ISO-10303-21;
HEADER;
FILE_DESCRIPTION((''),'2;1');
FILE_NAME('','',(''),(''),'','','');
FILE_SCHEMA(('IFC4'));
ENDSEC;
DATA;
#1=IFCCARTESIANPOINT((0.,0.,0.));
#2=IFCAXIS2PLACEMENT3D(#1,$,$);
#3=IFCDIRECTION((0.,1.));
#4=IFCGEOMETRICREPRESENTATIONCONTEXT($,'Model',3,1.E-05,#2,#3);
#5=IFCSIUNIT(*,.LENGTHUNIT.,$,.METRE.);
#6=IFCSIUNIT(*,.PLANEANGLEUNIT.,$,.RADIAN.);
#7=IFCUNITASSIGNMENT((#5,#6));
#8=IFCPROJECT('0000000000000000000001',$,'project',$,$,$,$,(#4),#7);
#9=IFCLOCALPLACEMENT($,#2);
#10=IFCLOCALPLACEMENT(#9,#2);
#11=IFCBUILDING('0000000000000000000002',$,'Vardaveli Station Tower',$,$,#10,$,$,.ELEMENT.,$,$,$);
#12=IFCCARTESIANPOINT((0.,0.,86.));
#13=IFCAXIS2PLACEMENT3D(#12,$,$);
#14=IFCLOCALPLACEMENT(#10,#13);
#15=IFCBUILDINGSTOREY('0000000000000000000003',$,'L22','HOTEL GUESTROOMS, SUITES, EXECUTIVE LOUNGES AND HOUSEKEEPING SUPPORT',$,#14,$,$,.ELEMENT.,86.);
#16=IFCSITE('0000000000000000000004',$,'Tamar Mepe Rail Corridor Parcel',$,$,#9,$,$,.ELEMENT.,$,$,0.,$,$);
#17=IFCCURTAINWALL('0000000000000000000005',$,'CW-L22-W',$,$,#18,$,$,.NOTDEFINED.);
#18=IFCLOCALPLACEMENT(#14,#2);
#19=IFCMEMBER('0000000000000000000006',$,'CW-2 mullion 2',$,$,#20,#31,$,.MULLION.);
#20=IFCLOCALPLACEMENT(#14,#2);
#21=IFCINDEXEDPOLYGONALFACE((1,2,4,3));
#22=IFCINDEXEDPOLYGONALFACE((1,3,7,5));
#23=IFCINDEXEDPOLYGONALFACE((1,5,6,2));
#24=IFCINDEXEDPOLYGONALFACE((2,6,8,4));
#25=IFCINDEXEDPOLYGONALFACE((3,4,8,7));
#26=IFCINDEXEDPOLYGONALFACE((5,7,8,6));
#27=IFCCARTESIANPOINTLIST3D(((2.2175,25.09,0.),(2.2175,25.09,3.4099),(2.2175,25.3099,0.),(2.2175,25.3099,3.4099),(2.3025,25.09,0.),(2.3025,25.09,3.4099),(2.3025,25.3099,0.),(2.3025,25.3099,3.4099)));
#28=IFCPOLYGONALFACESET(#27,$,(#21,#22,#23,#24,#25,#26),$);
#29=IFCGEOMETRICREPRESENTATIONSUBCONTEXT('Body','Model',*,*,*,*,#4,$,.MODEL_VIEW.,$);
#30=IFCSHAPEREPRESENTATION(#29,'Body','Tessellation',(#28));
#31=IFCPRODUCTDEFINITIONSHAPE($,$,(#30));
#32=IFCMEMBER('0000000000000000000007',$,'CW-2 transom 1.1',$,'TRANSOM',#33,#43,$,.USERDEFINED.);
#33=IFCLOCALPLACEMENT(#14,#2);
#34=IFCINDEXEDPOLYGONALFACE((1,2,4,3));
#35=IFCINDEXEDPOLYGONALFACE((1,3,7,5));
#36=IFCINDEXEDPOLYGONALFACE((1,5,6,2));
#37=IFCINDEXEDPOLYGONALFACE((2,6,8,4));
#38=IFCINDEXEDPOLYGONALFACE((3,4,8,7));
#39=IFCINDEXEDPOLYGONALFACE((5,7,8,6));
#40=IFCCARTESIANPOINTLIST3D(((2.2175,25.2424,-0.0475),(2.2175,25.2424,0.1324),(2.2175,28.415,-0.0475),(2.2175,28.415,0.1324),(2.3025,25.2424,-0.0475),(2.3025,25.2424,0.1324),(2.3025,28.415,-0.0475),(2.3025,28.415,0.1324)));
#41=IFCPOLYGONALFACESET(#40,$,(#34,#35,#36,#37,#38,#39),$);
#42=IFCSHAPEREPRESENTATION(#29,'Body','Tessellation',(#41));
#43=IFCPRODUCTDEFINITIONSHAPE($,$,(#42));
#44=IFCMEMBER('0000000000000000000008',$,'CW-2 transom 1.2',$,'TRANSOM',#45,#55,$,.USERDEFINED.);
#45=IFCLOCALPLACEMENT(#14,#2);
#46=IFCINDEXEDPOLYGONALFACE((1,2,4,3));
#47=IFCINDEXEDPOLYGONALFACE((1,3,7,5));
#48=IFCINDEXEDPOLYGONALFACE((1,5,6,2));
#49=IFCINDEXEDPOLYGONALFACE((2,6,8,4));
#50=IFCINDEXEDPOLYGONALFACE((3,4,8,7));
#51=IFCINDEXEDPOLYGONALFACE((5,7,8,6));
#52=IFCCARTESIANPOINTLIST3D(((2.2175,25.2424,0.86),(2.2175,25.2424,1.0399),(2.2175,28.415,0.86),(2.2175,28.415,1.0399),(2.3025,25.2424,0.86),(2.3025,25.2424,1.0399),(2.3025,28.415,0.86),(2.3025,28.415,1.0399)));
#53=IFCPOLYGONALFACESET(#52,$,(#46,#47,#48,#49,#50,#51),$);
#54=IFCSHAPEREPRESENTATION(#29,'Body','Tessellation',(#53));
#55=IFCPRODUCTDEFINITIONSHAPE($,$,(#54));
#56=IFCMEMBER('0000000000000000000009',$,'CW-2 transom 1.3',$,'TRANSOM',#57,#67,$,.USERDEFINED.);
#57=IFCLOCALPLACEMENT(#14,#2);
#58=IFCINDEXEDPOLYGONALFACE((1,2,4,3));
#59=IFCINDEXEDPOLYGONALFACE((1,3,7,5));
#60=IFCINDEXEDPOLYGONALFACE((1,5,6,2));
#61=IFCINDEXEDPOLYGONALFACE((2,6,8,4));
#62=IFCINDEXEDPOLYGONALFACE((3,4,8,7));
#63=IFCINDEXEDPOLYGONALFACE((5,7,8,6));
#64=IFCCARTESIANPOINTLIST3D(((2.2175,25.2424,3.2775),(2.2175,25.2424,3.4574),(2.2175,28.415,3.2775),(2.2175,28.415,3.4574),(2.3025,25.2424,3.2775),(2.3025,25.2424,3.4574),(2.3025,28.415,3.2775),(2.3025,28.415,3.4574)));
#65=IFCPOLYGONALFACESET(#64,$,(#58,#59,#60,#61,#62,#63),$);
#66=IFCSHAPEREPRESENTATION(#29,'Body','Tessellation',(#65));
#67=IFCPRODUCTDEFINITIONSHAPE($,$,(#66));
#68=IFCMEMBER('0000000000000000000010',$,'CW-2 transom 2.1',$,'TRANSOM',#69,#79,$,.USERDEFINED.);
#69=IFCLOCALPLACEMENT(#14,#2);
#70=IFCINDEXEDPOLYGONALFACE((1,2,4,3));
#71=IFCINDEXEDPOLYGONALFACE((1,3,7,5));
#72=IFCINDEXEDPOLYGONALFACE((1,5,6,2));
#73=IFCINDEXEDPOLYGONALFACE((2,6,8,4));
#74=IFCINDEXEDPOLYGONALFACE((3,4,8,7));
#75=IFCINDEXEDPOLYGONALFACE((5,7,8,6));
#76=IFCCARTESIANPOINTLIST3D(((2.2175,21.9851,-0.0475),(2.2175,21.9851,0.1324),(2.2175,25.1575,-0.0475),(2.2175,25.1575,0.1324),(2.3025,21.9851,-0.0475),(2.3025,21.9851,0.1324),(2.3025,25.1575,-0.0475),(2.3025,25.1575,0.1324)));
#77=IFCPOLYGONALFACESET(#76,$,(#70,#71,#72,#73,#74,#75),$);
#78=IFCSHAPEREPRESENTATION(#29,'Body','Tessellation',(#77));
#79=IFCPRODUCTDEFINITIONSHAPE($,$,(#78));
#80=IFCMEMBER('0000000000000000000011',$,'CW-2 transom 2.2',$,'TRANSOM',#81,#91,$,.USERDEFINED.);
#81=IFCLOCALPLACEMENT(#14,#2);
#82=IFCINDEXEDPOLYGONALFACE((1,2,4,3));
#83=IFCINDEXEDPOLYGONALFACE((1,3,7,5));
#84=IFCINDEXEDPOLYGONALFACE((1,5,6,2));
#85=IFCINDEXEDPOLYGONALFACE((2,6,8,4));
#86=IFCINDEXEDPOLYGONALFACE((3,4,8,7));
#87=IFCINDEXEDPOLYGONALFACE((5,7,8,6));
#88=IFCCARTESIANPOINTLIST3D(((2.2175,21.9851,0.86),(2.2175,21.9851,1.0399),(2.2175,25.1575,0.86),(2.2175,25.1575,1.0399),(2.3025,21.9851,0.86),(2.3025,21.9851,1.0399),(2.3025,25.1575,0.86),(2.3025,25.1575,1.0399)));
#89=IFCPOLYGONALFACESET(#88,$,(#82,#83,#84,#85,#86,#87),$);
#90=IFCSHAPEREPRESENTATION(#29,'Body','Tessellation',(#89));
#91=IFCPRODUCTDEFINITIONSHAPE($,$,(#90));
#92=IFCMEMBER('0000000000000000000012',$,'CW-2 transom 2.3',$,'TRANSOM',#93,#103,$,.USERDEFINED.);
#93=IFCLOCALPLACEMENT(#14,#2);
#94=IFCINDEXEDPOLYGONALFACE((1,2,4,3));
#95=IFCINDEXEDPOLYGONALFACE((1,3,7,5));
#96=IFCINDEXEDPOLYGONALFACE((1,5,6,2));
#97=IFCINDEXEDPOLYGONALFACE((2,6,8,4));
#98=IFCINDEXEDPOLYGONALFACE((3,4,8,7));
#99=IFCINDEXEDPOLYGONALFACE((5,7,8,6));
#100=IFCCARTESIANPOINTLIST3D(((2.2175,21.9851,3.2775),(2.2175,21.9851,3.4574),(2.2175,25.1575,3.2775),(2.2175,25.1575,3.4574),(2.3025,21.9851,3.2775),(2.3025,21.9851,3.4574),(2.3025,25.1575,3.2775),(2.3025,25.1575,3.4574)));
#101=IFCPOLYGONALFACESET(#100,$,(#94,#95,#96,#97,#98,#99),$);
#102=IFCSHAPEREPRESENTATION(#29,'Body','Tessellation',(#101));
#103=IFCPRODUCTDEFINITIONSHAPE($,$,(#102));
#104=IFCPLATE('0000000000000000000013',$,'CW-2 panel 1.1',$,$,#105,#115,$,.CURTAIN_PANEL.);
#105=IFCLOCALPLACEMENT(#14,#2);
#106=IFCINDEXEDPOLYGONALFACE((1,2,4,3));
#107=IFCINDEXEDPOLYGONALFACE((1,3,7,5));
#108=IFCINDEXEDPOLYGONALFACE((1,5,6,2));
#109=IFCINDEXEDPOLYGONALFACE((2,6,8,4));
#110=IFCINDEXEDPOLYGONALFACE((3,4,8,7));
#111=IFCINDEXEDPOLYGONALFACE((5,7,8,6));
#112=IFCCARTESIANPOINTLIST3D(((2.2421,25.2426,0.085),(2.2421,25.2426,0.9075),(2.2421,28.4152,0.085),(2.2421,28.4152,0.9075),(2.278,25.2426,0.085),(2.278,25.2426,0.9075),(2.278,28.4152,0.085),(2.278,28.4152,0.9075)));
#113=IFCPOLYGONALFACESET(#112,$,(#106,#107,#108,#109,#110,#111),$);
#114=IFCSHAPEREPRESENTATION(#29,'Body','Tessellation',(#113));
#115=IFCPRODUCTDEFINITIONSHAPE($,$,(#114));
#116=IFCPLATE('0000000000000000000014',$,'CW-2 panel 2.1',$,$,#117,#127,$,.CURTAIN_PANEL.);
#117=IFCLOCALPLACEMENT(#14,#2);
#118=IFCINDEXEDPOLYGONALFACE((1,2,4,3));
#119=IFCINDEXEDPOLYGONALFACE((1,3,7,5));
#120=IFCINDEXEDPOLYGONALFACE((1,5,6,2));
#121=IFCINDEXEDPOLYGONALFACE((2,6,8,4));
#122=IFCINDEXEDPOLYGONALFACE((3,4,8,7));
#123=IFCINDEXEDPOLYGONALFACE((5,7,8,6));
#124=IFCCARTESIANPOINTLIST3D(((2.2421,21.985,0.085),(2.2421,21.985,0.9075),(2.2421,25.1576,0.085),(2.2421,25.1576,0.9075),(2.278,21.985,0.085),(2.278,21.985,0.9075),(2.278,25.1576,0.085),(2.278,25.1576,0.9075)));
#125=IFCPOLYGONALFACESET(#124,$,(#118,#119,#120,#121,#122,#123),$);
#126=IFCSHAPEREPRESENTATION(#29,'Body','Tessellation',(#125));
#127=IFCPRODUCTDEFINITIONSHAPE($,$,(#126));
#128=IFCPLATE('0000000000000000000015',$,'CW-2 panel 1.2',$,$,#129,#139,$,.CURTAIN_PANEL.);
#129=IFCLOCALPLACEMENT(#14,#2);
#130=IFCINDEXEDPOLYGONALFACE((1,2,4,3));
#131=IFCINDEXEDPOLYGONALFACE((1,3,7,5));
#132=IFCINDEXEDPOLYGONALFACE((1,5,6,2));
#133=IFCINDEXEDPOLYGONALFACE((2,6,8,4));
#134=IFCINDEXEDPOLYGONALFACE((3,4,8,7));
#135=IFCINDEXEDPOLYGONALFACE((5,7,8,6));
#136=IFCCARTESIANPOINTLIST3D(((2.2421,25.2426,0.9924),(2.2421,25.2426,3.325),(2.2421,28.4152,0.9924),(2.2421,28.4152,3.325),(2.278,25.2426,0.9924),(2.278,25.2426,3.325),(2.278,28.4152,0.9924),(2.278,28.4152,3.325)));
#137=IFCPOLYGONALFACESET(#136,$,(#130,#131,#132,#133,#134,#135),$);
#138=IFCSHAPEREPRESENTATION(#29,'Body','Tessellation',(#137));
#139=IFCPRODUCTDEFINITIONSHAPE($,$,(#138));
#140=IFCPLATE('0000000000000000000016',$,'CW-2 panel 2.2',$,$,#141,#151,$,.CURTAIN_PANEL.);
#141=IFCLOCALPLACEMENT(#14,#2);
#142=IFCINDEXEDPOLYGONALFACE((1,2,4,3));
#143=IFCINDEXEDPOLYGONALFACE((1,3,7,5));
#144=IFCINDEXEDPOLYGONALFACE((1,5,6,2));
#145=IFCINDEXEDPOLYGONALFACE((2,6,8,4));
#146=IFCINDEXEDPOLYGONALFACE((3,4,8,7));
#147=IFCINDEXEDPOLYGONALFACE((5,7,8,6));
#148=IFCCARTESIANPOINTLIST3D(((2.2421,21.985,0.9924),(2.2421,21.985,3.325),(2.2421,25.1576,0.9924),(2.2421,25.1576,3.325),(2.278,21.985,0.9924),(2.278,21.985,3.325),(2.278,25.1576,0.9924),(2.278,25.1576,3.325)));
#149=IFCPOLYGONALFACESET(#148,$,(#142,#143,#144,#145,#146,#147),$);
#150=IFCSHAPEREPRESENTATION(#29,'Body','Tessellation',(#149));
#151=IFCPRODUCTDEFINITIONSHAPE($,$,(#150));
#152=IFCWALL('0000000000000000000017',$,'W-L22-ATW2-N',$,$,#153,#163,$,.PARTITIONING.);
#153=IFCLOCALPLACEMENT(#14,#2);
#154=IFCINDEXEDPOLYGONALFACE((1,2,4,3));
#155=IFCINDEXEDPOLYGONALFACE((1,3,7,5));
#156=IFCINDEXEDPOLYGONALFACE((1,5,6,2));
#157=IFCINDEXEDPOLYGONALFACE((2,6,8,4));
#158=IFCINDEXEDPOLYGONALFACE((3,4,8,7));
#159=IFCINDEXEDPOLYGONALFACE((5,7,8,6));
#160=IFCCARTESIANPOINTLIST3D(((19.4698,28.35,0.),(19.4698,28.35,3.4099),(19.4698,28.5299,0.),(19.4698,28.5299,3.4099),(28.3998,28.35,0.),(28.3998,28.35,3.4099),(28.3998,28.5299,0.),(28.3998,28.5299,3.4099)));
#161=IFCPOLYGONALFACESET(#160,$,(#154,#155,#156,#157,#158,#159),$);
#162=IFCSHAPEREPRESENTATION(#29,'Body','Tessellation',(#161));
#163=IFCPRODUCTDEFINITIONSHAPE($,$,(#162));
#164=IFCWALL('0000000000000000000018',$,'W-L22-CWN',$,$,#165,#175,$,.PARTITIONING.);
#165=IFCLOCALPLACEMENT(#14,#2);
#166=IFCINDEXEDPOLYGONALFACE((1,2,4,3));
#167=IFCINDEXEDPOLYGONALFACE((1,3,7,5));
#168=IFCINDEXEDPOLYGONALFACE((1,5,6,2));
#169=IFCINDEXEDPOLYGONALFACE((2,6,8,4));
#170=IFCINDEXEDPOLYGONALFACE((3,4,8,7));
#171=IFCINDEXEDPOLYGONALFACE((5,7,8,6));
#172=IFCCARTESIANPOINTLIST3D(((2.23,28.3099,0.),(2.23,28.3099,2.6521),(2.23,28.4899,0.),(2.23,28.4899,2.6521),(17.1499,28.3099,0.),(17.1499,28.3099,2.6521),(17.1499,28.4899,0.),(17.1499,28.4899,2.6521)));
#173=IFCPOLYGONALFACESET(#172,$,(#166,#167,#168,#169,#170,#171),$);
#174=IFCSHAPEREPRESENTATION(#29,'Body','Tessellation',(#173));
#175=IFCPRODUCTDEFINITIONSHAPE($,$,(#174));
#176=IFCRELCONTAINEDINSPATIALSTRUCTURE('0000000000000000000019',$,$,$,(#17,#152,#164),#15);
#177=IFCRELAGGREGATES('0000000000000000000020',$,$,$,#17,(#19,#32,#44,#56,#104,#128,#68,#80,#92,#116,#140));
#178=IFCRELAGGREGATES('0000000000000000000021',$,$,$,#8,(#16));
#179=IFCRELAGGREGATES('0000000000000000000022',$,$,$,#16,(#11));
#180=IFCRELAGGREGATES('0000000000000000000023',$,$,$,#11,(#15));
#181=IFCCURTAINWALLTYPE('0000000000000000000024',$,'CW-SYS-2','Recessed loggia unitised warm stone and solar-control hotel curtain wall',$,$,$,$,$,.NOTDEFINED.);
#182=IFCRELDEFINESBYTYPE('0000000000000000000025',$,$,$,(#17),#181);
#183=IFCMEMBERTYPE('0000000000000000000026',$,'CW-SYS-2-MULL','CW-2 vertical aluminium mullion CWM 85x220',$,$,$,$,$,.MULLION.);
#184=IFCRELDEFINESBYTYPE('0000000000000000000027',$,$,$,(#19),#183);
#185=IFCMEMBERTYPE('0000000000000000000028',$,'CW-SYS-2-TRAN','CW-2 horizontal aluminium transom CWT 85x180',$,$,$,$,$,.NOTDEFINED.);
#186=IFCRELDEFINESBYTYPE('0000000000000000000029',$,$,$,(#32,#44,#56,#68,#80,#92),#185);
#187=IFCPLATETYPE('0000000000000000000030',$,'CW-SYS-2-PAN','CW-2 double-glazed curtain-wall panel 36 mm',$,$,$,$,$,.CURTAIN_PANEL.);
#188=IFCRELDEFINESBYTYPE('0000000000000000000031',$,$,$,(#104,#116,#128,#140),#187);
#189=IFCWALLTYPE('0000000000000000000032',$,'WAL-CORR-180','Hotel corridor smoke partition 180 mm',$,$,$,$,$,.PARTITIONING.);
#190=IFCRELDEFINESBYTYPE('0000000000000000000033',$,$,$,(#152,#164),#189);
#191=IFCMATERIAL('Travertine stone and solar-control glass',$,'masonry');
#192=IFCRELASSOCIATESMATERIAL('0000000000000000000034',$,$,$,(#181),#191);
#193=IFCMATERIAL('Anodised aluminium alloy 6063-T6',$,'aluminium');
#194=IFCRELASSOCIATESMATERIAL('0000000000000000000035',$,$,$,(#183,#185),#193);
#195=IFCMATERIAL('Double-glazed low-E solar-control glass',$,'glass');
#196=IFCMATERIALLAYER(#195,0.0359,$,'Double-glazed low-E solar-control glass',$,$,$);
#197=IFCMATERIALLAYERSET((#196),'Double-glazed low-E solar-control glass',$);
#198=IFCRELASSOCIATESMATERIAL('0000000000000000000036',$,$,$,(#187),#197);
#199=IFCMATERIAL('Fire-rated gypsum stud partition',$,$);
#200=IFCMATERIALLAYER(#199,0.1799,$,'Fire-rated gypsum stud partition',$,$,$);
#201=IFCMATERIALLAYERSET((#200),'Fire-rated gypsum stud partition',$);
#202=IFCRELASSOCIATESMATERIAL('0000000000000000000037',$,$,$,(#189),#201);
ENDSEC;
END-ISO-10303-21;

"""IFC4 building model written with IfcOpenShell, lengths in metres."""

from ifc_helpers import new_model, si_unit, direction, frame, frame_2d, origin, origin_2d, place, context, subcontext, project, spatial, rectangle, extrude, source, transform, mapped, material, layer, layer_set, material_profile, profile_set, type_object, element, aggregate, save


model = new_model("IFC4")

# Units and contexts
model_context = context("Model", 3, precision=1e-05, world=origin(), true_north=direction((0.0, 1.0)))
body_context = subcontext(model_context, "Body", "Model", "MODEL_VIEW")
ifc_project = project(units=[si_unit("LENGTHUNIT", "METRE"), si_unit("PLANEANGLEUNIT", "RADIAN")], contexts=[model_context])

# Site, building, storey
site_placement = place(None, origin())
site = spatial("IfcSite", under=ifc_project, at=site_placement, Name="Tamar Mepe Rail Corridor Parcel", CompositionType="ELEMENT", RefElevation=0.0)
building_placement = place(site_placement, origin())
building = spatial("IfcBuilding", under=site, at=building_placement, Name="Vardaveli Station Tower", CompositionType="ELEMENT")
storey_placement = place(building_placement, frame((0.0, 0.0, 86.0)))
storey = spatial("IfcBuildingStorey", under=building, at=storey_placement, Name="L22", Description="HOTEL GUESTROOMS, SUITES, EXECUTIVE LOUNGES AND HOUSEKEEPING SUPPORT", CompositionType="ELEMENT", Elevation=86.0)

# Curtain wall, members, plates
ifc_material_1 = material(Name="Travertine stone and solar-control glass", Category="masonry")
curtain_wall_type = type_object("IfcCurtainWallType", Name="CW-SYS-2", Description="Recessed loggia unitised warm stone and solar-control hotel curtain wall", PredefinedType="NOTDEFINED", material=ifc_material_1)
curtain_wall_placement = place(storey_placement, origin())
curtain_wall = element("IfcCurtainWall", 1, at=curtain_wall_placement, inside=storey, type_object=curtain_wall_type, Name="CW-L22-W", PredefinedType="NOTDEFINED")
ifc_material_2 = material(Name="Anodised aluminium alloy 6063-T6", Category="aluminium")
ifc_material_profile_1 = material_profile(ifc_material_2, rectangle(XDim=0.085, YDim=0.22, at=origin_2d()), Name="CWM 85x220")
ifc_profile_set_1 = profile_set([ifc_material_profile_1], Name="Anodised aluminium alloy 6063-T6")
member_type_1 = type_object("IfcMemberType", Name="CW-SYS-2-MULL", Description="CW-2 vertical aluminium mullion CWM 85x220", PredefinedType="MULLION", material=ifc_profile_set_1)
shared_shape_1 = source(origin(), body_context, "Body", "SweptSolid", [
    extrude(rectangle(XDim=0.085, YDim=0.22, at=origin_2d()), origin(), (0.0, 0.0, 1.0), 3.4099),
])
member_1_placement = place(storey_placement, frame((2.26, 25.2, 0.0), z_axis=(0.0, 0.0, 1.0), x_axis=(1.0, 0.0, 0.0)))
member_1 = element("IfcMember", 2, at=member_1_placement, type_object=member_type_1, Name="CW-2 mullion 2", PredefinedType="MULLION", context=body_context, shape_type="MappedRepresentation", body=[
    mapped(shared_shape_1, transform((0.0, 0.0, 0.0), scale=1.0)),
])
ifc_material_profile_2 = material_profile(ifc_material_2, rectangle(XDim=0.085, YDim=0.1799, at=origin_2d()), Name="CWT 85x180")
ifc_profile_set_2 = profile_set([ifc_material_profile_2], Name="Anodised aluminium alloy 6063-T6")
member_type_2 = type_object("IfcMemberType", Name="CW-SYS-2-TRAN", Description="CW-2 horizontal aluminium transom CWT 85x180", PredefinedType="NOTDEFINED", material=ifc_profile_set_2)
shared_shape_2 = source(origin(), body_context, "Body", "SweptSolid", [
    extrude(rectangle(XDim=0.085, YDim=0.1799, at=origin_2d()), origin(), (0.0, 0.0, 1.0), 3.1726),
])
member_2_placement = place(storey_placement, frame((2.26, 28.415, 0.0425), z_axis=(0.0, -1.0, 0.0), x_axis=(1.0, 0.0, 0.0)))
member_2 = element("IfcMember", 3, at=member_2_placement, type_object=member_type_2, Name="CW-2 transom 1.1", ObjectType="TRANSOM", PredefinedType="USERDEFINED", context=body_context, shape_type="MappedRepresentation", body=[
    mapped(shared_shape_2, transform((0.0, 0.0, 0.0), scale=1.0)),
])
member_3_placement = place(storey_placement, frame((2.26, 28.415, 0.95), z_axis=(0.0, -1.0, 0.0), x_axis=(1.0, 0.0, 0.0)))
member_3 = element("IfcMember", 4, at=member_3_placement, type_object=member_type_2, Name="CW-2 transom 1.2", ObjectType="TRANSOM", PredefinedType="USERDEFINED", context=body_context, shape_type="MappedRepresentation", body=[
    mapped(shared_shape_2, transform((0.0, 0.0, 0.0), scale=1.0)),
])
member_4_placement = place(storey_placement, frame((2.26, 28.415, 3.3674), z_axis=(0.0, -1.0, 0.0), x_axis=(1.0, 0.0, 0.0)))
member_4 = element("IfcMember", 5, at=member_4_placement, type_object=member_type_2, Name="CW-2 transom 1.3", ObjectType="TRANSOM", PredefinedType="USERDEFINED", context=body_context, shape_type="MappedRepresentation", body=[
    mapped(shared_shape_2, transform((0.0, 0.0, 0.0), scale=1.0)),
])
shared_shape_3 = source(origin(), body_context, "Body", "SweptSolid", [
    extrude(rectangle(XDim=0.085, YDim=0.1799, at=origin_2d()), origin(), (0.0, 0.0, 1.0), 3.1724),
])
member_5_placement = place(storey_placement, frame((2.26, 25.1575, 0.0425), z_axis=(0.0, -1.0, 0.0), x_axis=(1.0, 0.0, 0.0)))
member_5 = element("IfcMember", 6, at=member_5_placement, type_object=member_type_2, Name="CW-2 transom 2.1", ObjectType="TRANSOM", PredefinedType="USERDEFINED", context=body_context, shape_type="MappedRepresentation", body=[
    mapped(shared_shape_3, transform((0.0, 0.0, 0.0), scale=1.0)),
])
member_6_placement = place(storey_placement, frame((2.26, 25.1575, 0.95), z_axis=(0.0, -1.0, 0.0), x_axis=(1.0, 0.0, 0.0)))
member_6 = element("IfcMember", 7, at=member_6_placement, type_object=member_type_2, Name="CW-2 transom 2.2", ObjectType="TRANSOM", PredefinedType="USERDEFINED", context=body_context, shape_type="MappedRepresentation", body=[
    mapped(shared_shape_3, transform((0.0, 0.0, 0.0), scale=1.0)),
])
member_7_placement = place(storey_placement, frame((2.26, 25.1575, 3.3674), z_axis=(0.0, -1.0, 0.0), x_axis=(1.0, 0.0, 0.0)))
member_7 = element("IfcMember", 8, at=member_7_placement, type_object=member_type_2, Name="CW-2 transom 2.3", ObjectType="TRANSOM", PredefinedType="USERDEFINED", context=body_context, shape_type="MappedRepresentation", body=[
    mapped(shared_shape_3, transform((0.0, 0.0, 0.0), scale=1.0)),
])
ifc_material_3 = material(Name="Double-glazed low-E solar-control glass", Category="glass")
ifc_layer_1 = layer(ifc_material_3, 0.0359, Name="Double-glazed low-E solar-control glass")
ifc_layer_set_1 = layer_set([ifc_layer_1], Name="Double-glazed low-E solar-control glass")
plate_type = type_object("IfcPlateType", Name="CW-SYS-2-PAN", Description="CW-2 double-glazed curtain-wall panel 36 mm", PredefinedType="CURTAIN_PANEL", material=ifc_layer_set_1)
shared_shape_4 = source(origin(), body_context, "Body", "SweptSolid", [
    extrude(rectangle(XDim=3.1726, YDim=0.0359, at=origin_2d()), origin(), (0.0, 0.0, 1.0), 0.8225),
])
plate_1_placement = place(storey_placement, frame((2.26, 26.8289, 0.085), z_axis=(0.0, 0.0, 1.0), x_axis=(0.0, -1.0, 0.0)))
plate_1 = element("IfcPlate", 9, at=plate_1_placement, type_object=plate_type, Name="CW-2 panel 1.1", PredefinedType="CURTAIN_PANEL", context=body_context, shape_type="MappedRepresentation", body=[
    mapped(shared_shape_4, transform((0.0, 0.0, 0.0), scale=1.0)),
])
plate_2_placement = place(storey_placement, frame((2.26, 23.5713, 0.085), z_axis=(0.0, 0.0, 1.0), x_axis=(0.0, -1.0, 0.0)))
plate_2 = element("IfcPlate", 10, at=plate_2_placement, type_object=plate_type, Name="CW-2 panel 2.1", PredefinedType="CURTAIN_PANEL", context=body_context, shape_type="MappedRepresentation", body=[
    mapped(shared_shape_4, transform((0.0, 0.0, 0.0), scale=1.0)),
])
shared_shape_5 = source(origin(), body_context, "Body", "SweptSolid", [
    extrude(rectangle(XDim=3.1726, YDim=0.0359, at=origin_2d()), origin(), (0.0, 0.0, 1.0), 2.3325),
])
plate_3_placement = place(storey_placement, frame((2.26, 26.8289, 0.9924), z_axis=(0.0, 0.0, 1.0), x_axis=(0.0, -1.0, 0.0)))
plate_3 = element("IfcPlate", 11, at=plate_3_placement, type_object=plate_type, Name="CW-2 panel 1.2", PredefinedType="CURTAIN_PANEL", context=body_context, shape_type="MappedRepresentation", body=[
    mapped(shared_shape_5, transform((0.0, 0.0, 0.0), scale=1.0)),
])
plate_4_placement = place(storey_placement, frame((2.26, 23.5713, 0.9924), z_axis=(0.0, 0.0, 1.0), x_axis=(0.0, -1.0, 0.0)))
plate_4 = element("IfcPlate", 12, at=plate_4_placement, type_object=plate_type, Name="CW-2 panel 2.2", PredefinedType="CURTAIN_PANEL", context=body_context, shape_type="MappedRepresentation", body=[
    mapped(shared_shape_5, transform((0.0, 0.0, 0.0), scale=1.0)),
])
aggregate(curtain_wall, [member_1, member_2, member_3, member_4, plate_1, plate_3, member_5, member_6, member_7, plate_2, plate_4])

# Walls
ifc_material_4 = material(Name="Fire-rated gypsum stud partition")
ifc_layer_2 = layer(ifc_material_4, 0.1799, Name="Fire-rated gypsum stud partition")
ifc_layer_set_2 = layer_set([ifc_layer_2], Name="Fire-rated gypsum stud partition")
wall_type = type_object("IfcWallType", Name="WAL-CORR-180", Description="Hotel corridor smoke partition 180 mm", PredefinedType="PARTITIONING", material=ifc_layer_set_2)
shared_shape_6 = source(origin(), body_context, "Body", "SweptSolid", [
    extrude(rectangle(XDim=8.9299, YDim=0.1799, at=frame_2d((4.4648, 0.0))), origin(), (0.0, 0.0, 1.0), 3.4099),
])
wall_1_placement = place(storey_placement, frame((19.47, 28.4399, 0.0), z_axis=(0.0, 0.0, 1.0), x_axis=(1.0, 0.0, 0.0)))
element("IfcWall", 13, at=wall_1_placement, inside=storey, type_object=wall_type, Name="W-L22-ATW2-N", PredefinedType="PARTITIONING", context=body_context, shape_type="MappedRepresentation", body=[
    mapped(shared_shape_6, transform((0.0, 0.0, 0.0), scale=1.0)),
])
shared_shape_7 = source(origin(), body_context, "Body", "SweptSolid", [
    extrude(rectangle(XDim=14.9199, YDim=0.1799, at=frame_2d((7.46, 0.0))), origin(), (0.0, 0.0, 1.0), 2.6521),
])
wall_2_placement = place(storey_placement, frame((2.23, 28.3999, 0.0), z_axis=(0.0, 0.0, 1.0), x_axis=(1.0, 0.0, 0.0)))
element("IfcWall", 14, at=wall_2_placement, inside=storey, type_object=wall_type, Name="W-L22-CWN", PredefinedType="PARTITIONING", context=body_context, shape_type="MappedRepresentation", body=[
    mapped(shared_shape_7, transform((0.0, 0.0, 0.0), scale=1.0)),
])

save(model, "model.ifc")
